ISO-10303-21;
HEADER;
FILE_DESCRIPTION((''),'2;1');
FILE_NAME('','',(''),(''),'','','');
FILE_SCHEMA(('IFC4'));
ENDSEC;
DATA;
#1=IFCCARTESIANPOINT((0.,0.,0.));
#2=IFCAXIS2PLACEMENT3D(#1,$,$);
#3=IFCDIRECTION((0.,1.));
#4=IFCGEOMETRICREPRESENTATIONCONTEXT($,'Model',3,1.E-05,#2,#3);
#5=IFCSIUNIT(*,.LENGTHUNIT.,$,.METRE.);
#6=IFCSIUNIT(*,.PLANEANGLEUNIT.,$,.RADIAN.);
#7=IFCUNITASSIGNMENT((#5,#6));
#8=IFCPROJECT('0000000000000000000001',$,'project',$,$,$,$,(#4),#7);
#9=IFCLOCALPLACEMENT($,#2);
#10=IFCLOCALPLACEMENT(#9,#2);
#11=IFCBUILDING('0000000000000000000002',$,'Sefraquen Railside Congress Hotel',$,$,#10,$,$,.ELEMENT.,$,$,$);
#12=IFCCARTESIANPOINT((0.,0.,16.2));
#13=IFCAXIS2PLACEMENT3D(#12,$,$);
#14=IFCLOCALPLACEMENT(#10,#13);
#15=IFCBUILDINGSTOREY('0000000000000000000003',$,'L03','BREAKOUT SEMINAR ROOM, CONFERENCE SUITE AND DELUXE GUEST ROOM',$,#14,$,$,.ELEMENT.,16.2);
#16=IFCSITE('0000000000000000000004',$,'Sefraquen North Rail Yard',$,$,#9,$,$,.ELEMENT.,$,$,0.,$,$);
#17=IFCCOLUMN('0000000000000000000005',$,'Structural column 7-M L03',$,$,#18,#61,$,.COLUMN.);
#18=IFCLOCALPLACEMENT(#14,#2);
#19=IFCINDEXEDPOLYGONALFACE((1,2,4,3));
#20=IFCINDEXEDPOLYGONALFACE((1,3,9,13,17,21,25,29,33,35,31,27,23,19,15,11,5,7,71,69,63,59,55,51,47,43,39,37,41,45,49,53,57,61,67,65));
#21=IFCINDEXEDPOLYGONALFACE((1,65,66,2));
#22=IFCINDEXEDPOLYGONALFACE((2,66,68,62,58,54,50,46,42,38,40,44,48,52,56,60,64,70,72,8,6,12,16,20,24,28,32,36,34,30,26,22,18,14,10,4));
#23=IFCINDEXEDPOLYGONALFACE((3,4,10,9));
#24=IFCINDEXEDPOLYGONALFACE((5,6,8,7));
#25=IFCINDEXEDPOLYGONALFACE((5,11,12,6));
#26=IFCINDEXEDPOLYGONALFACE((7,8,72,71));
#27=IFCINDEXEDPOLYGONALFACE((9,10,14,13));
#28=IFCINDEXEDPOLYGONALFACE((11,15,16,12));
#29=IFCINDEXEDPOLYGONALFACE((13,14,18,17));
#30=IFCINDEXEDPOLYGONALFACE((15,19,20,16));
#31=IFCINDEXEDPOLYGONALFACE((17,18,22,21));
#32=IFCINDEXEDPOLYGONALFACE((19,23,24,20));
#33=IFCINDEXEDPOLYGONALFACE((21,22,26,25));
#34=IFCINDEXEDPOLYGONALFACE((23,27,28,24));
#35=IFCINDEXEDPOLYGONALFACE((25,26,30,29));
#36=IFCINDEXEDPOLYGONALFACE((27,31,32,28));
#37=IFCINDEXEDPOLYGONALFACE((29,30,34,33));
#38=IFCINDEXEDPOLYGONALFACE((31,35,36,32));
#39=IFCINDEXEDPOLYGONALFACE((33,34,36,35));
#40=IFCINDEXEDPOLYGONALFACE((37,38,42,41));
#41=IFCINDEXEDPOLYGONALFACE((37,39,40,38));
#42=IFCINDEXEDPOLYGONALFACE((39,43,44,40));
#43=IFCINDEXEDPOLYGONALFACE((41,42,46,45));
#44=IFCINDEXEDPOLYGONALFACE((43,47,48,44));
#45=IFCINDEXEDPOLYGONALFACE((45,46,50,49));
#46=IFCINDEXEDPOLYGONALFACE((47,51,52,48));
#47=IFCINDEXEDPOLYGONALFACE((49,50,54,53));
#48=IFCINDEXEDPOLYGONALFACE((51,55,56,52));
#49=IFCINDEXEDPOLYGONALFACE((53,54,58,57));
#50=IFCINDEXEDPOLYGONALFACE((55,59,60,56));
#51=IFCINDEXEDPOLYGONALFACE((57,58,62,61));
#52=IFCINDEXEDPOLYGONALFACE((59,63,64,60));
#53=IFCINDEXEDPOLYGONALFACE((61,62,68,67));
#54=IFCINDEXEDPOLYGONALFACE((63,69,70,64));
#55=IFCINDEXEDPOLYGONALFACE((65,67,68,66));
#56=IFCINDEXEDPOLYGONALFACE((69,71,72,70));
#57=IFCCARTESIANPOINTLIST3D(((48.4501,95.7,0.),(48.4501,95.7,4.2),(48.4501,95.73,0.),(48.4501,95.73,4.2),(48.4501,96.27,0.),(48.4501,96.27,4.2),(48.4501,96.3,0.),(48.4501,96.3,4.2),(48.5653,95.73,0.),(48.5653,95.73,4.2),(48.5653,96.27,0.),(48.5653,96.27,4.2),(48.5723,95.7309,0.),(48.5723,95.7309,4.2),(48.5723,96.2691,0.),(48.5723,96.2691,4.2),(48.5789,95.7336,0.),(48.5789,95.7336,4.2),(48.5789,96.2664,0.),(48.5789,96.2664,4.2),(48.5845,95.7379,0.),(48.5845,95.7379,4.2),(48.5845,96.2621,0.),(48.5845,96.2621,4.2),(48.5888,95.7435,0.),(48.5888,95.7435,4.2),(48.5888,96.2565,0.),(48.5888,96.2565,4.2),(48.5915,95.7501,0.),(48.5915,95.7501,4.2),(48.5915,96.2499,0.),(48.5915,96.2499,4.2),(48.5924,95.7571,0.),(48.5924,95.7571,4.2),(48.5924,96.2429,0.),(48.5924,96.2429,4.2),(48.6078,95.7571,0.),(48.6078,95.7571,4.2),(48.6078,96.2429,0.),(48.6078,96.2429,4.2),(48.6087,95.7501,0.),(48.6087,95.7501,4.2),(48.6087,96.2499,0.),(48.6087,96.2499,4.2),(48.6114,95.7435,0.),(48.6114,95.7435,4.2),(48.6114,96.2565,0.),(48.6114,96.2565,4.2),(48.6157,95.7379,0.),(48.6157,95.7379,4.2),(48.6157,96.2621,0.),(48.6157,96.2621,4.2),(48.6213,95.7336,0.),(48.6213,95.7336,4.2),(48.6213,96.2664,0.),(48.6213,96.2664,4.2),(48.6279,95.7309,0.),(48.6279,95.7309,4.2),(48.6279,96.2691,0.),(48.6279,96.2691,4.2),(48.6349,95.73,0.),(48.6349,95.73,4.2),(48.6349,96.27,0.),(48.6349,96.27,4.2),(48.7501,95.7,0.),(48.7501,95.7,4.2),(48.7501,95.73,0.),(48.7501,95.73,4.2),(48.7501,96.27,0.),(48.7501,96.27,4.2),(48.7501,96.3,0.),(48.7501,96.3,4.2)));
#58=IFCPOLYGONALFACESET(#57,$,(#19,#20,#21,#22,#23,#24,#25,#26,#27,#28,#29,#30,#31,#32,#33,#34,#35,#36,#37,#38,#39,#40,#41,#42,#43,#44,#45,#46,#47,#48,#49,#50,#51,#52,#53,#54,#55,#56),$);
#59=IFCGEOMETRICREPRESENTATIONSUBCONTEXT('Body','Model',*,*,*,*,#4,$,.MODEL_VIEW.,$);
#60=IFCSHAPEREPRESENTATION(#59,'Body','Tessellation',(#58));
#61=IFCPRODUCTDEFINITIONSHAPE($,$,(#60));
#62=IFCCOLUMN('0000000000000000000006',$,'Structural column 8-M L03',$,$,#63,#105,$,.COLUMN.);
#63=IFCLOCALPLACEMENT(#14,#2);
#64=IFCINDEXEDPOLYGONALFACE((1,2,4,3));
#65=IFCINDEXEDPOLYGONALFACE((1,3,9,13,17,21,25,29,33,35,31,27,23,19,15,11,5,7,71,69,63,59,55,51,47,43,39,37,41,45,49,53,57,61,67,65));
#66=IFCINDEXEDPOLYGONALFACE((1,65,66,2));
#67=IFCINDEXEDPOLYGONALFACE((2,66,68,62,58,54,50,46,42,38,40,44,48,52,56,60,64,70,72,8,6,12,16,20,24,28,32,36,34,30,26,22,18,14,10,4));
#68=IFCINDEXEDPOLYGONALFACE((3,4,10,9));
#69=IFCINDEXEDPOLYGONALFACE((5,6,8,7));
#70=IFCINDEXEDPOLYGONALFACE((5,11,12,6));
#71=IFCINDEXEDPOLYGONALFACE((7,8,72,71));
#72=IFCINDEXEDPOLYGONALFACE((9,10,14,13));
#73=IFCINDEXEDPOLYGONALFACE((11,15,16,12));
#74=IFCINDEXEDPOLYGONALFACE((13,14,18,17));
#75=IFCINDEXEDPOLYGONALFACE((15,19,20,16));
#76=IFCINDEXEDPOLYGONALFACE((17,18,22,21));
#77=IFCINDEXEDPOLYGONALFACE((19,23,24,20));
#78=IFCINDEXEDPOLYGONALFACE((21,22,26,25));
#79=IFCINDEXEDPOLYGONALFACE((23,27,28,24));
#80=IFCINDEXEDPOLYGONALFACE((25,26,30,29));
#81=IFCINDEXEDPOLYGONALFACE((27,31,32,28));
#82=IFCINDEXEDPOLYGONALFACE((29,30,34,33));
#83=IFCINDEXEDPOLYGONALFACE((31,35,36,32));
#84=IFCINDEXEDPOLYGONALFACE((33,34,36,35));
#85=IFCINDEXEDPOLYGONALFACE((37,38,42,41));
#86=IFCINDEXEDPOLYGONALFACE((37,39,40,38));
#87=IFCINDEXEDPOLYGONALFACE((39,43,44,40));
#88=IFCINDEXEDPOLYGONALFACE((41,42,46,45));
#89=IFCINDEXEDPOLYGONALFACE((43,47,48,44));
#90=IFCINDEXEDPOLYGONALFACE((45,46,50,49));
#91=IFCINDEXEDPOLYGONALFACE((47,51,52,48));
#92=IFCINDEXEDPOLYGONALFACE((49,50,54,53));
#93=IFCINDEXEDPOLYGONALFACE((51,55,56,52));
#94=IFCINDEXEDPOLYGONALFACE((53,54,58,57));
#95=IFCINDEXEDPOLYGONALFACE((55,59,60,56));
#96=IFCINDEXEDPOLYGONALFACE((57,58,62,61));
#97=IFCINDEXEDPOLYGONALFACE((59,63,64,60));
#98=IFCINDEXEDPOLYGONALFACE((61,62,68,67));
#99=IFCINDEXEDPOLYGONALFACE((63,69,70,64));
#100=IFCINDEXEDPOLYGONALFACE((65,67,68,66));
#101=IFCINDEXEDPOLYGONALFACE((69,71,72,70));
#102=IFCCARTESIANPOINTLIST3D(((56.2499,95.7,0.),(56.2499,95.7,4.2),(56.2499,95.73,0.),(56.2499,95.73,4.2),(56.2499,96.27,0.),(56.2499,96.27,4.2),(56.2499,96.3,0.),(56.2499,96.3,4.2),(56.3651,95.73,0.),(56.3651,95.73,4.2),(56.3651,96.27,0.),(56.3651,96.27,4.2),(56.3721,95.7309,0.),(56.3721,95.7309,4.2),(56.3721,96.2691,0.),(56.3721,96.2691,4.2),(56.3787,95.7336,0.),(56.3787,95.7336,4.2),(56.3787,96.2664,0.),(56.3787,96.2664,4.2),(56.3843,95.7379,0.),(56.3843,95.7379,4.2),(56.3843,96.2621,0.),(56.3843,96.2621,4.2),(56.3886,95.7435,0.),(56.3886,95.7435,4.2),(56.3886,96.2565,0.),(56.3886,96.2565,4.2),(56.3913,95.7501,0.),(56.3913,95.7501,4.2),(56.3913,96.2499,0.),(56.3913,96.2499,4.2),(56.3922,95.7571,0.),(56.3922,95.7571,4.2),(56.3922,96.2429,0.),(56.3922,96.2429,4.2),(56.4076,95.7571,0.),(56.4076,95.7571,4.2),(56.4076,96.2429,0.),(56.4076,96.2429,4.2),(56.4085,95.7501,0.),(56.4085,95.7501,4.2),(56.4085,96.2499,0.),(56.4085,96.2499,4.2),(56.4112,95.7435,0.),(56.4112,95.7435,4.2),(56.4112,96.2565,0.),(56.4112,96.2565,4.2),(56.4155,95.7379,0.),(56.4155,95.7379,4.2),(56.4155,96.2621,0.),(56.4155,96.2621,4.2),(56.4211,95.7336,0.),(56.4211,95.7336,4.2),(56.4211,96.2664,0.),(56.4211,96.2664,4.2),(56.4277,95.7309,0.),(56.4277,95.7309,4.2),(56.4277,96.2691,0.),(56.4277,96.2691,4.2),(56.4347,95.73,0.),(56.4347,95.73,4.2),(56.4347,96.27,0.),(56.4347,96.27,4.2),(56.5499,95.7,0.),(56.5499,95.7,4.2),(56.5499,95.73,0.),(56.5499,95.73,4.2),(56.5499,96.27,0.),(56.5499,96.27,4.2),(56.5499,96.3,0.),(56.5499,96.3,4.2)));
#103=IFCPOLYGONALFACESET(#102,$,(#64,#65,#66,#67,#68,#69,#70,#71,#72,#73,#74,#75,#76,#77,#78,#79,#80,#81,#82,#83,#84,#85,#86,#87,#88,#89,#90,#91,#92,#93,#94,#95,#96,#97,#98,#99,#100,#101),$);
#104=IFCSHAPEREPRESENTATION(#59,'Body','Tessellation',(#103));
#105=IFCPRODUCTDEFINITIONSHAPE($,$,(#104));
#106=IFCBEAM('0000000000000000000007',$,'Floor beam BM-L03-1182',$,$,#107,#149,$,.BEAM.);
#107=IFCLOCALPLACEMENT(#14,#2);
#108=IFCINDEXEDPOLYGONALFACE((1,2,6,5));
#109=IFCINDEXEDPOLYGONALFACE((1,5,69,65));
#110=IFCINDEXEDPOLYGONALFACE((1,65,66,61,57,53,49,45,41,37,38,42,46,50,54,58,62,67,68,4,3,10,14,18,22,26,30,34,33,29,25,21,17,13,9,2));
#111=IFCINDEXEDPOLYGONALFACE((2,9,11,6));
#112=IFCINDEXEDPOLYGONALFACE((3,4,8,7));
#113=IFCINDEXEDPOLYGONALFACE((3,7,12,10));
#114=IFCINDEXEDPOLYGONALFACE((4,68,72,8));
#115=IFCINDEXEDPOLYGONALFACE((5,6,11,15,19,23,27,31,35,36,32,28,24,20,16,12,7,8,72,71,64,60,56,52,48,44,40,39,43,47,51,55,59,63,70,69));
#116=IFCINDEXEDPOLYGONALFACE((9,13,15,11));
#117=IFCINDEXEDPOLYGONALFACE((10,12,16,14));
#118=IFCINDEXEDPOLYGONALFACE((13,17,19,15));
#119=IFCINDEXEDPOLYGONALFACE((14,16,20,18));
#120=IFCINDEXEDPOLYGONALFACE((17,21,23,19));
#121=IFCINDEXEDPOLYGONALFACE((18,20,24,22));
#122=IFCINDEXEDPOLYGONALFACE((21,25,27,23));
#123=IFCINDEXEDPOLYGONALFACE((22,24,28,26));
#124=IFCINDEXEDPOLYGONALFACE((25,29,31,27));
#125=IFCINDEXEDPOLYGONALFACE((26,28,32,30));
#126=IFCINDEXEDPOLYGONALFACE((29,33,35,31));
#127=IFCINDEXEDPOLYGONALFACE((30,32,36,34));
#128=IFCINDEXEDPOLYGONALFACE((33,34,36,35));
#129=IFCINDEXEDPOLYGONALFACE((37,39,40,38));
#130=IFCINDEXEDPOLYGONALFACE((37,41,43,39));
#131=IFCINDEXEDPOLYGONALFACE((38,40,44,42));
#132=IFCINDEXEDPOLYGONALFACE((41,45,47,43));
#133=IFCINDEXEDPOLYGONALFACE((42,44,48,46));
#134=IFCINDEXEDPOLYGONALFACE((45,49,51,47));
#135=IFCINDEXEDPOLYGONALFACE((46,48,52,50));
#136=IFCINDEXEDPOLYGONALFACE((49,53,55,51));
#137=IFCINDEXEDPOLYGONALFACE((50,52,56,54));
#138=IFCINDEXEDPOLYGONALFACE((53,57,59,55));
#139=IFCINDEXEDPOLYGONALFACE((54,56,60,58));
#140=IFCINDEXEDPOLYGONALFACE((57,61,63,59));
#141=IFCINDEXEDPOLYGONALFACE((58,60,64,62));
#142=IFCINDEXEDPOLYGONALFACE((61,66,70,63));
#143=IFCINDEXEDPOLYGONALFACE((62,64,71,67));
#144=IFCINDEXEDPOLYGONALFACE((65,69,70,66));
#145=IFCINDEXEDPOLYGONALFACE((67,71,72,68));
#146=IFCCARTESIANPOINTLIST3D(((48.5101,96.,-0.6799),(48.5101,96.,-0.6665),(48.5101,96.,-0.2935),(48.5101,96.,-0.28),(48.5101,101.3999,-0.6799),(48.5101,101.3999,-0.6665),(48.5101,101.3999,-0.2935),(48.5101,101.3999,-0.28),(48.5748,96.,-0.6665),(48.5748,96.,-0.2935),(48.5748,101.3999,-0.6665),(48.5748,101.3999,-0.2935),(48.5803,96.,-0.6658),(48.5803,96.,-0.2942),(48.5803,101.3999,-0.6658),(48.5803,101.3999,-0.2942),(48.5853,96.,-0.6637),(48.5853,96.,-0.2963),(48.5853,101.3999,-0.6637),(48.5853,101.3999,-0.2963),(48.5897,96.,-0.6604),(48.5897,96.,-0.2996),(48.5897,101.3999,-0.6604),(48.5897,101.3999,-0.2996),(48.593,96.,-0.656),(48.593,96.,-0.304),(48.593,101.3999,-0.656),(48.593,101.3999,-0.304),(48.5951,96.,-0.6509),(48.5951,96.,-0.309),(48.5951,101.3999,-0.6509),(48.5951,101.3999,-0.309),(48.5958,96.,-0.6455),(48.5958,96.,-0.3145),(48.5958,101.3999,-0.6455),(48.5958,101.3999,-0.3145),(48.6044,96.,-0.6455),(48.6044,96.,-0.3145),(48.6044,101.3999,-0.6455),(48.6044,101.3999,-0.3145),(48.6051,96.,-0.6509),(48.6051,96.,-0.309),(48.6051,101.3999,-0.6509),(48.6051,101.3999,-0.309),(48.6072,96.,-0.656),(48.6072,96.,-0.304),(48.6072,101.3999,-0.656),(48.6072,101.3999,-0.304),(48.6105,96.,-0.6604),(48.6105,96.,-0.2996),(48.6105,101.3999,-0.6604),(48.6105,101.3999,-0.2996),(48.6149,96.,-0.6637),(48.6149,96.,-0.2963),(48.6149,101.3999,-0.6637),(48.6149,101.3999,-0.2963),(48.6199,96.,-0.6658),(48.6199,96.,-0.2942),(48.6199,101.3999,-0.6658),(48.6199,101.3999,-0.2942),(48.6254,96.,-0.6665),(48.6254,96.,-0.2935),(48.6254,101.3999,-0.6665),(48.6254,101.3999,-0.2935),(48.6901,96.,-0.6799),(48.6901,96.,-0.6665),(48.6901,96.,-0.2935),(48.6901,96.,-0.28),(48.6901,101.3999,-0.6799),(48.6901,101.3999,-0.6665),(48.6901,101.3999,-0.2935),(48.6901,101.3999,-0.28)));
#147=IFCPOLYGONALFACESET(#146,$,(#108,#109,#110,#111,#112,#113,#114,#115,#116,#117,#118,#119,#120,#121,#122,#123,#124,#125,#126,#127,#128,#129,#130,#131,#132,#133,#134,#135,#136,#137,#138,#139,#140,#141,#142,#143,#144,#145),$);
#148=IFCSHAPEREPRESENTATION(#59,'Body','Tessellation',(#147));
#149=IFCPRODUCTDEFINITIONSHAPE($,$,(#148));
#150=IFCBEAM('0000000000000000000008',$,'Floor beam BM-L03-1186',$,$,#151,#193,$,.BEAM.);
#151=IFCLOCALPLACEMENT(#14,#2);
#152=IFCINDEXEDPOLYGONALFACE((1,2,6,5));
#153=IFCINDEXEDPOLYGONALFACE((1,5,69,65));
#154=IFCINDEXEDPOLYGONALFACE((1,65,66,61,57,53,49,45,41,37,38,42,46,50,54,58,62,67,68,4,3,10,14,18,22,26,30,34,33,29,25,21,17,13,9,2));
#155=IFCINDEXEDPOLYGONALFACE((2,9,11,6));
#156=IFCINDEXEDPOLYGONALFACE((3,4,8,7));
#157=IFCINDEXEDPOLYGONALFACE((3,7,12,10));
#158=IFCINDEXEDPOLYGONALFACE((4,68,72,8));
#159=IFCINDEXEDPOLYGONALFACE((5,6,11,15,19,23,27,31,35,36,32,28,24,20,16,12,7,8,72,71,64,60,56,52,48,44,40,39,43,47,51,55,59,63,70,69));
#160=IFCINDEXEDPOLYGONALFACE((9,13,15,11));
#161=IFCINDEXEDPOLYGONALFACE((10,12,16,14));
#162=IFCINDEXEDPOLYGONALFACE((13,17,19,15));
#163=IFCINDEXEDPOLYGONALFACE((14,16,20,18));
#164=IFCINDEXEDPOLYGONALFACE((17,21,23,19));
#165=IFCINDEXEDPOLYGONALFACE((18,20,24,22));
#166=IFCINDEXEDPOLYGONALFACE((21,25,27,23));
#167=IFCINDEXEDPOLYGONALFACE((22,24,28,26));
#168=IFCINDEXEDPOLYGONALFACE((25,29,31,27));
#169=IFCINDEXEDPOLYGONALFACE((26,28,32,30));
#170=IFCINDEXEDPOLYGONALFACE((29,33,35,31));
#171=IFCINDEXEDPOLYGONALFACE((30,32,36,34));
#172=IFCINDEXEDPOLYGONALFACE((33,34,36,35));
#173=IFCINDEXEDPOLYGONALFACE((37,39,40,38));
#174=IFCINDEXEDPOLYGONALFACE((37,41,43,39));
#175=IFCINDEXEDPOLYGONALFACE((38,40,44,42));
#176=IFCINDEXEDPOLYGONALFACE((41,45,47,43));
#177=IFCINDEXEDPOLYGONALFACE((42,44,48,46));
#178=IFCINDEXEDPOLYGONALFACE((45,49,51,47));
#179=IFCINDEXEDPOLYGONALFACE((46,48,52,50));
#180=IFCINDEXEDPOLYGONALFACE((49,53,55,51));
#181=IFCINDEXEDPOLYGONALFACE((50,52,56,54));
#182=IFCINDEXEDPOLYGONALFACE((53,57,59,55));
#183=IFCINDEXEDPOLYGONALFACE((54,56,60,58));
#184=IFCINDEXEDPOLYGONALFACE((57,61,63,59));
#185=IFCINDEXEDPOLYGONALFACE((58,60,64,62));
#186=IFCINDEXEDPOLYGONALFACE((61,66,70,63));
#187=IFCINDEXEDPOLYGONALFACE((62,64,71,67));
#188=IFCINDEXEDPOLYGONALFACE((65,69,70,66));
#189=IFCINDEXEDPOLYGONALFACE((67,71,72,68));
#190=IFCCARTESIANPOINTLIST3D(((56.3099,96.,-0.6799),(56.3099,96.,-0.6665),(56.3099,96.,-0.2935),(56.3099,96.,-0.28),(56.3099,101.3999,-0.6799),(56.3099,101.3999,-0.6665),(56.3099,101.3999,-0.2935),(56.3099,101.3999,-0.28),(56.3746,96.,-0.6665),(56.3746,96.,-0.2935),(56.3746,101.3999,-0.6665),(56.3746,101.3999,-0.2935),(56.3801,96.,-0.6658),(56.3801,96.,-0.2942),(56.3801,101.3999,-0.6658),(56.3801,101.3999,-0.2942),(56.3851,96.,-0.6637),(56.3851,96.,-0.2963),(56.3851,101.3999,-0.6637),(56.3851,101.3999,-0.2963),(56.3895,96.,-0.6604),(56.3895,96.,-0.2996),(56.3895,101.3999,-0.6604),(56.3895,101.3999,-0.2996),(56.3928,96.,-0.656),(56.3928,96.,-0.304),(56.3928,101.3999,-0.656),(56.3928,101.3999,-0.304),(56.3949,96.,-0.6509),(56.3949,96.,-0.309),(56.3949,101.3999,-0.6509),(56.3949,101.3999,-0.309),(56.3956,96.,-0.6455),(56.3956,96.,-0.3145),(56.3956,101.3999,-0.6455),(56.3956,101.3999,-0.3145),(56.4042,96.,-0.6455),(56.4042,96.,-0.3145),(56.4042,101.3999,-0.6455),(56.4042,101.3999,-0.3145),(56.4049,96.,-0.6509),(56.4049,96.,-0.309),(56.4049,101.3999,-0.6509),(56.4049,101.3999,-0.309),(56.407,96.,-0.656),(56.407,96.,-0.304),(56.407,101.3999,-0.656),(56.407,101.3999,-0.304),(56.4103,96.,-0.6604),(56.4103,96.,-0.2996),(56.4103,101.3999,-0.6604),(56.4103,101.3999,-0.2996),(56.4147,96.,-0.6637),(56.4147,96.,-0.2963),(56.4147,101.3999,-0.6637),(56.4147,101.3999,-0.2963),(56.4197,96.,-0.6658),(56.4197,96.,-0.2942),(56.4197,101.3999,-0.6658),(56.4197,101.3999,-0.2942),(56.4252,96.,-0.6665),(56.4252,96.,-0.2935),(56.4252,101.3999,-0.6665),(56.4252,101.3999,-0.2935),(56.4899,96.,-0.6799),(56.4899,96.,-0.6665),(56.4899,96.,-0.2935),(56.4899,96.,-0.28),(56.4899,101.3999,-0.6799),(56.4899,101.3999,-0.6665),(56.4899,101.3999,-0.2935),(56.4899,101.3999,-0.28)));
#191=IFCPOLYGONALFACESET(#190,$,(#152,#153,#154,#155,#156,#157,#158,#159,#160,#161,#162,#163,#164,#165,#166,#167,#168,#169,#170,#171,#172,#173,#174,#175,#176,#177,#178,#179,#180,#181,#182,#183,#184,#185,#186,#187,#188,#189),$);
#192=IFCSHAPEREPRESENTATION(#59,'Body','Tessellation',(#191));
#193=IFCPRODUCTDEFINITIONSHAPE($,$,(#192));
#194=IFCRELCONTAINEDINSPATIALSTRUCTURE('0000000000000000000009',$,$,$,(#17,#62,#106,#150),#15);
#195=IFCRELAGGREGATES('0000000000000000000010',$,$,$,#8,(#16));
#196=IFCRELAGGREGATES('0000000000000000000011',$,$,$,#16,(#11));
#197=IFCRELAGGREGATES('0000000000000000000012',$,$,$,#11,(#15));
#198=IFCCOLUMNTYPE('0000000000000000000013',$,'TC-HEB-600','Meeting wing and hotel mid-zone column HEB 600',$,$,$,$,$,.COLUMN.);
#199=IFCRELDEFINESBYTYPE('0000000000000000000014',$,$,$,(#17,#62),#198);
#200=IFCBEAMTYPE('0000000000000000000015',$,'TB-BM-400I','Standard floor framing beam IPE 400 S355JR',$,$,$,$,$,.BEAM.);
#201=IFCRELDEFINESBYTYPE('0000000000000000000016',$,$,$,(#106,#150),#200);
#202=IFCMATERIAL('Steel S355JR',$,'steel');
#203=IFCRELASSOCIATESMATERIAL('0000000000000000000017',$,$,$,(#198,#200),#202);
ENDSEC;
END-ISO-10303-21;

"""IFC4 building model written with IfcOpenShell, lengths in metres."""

from ifc_helpers import new_model, si_unit, direction, frame, origin, origin_2d, place, context, subcontext, project, spatial, i_section, extrude, material, material_profile, profile_set, type_object, element, save


model = new_model("IFC4")

# Units and contexts
model_context = context("Model", 3, precision=1e-05, world=origin(), true_north=direction((0.0, 1.0)))
body_context = subcontext(model_context, "Body", "Model", "MODEL_VIEW")
ifc_project = project(units=[si_unit("LENGTHUNIT", "METRE"), si_unit("PLANEANGLEUNIT", "RADIAN")], contexts=[model_context])

# Site, building, storey
site_placement = place(None, origin())
site = spatial("IfcSite", under=ifc_project, at=site_placement, Name="Sefraquen North Rail Yard", CompositionType="ELEMENT", RefElevation=0.0)
building_placement = place(site_placement, origin())
building = spatial("IfcBuilding", under=site, at=building_placement, Name="Sefraquen Railside Congress Hotel", CompositionType="ELEMENT")
storey_placement = place(building_placement, frame((0.0, 0.0, 16.2)))
storey = spatial("IfcBuildingStorey", under=building, at=storey_placement, Name="L03", Description="BREAKOUT SEMINAR ROOM, CONFERENCE SUITE AND DELUXE GUEST ROOM", CompositionType="ELEMENT", Elevation=16.2)

# Columns
ifc_material_1 = material(Name="Steel S355JR", Category="steel")
ifc_material_profile_1 = material_profile(ifc_material_1, i_section(OverallWidth=0.3, OverallDepth=0.6001, WebThickness=0.0154, FlangeThickness=0.03, FilletRadius=0.0271, at=origin_2d()), Name="HEB 600")
ifc_profile_set_1 = profile_set([ifc_material_profile_1], Name="Steel S355JR")
column_type = type_object("IfcColumnType", Name="TC-HEB-600", Description="Meeting wing and hotel mid-zone column HEB 600", PredefinedType="COLUMN", material=ifc_profile_set_1)
for number, where, z_axis, x_axis, name in (
    (1, (48.6001, 96.0, 0.0), (0.0, 0.0, 1.0), (1.0, 0.0, 0.0), "Structural column 7-M L03"),
    (2, (56.3999, 96.0, 0.0), (0.0, 0.0, 1.0), (1.0, 0.0, 0.0), "Structural column 8-M L03"),
):
    element("IfcColumn", number, at=place(storey_placement, frame(where, z_axis=z_axis, x_axis=x_axis)), inside=storey, type_object=column_type, Name=name, PredefinedType="COLUMN", context=body_context, shape_type="SweptSolid", body=[
        extrude(i_section(OverallWidth=0.3, OverallDepth=0.6001, WebThickness=0.0154, FlangeThickness=0.03, FilletRadius=0.0271, at=origin_2d()), origin(), (0.0, 0.0, 1.0), 4.2),
    ])

# Beams
ifc_material_profile_2 = material_profile(ifc_material_1, i_section(OverallWidth=0.1799, OverallDepth=0.3999, WebThickness=0.0085, FlangeThickness=0.0134, FilletRadius=0.021, at=origin_2d()), Name="IPE 400")
ifc_profile_set_2 = profile_set([ifc_material_profile_2], Name="Steel S355JR")
beam_type_1 = type_object("IfcBeamType", Name="TB-BM-400I", Description="Standard floor framing beam IPE 400 S355JR", PredefinedType="BEAM", material=ifc_profile_set_2)
for number, where, z_axis, x_axis, name in (
    (3, (48.6001, 96.0, -0.48), (0.0, 1.0, 0.0), (-1.0, 0.0, 0.0), "Floor beam BM-L03-1182"),
    (4, (56.3999, 96.0, -0.48), (0.0, 1.0, 0.0), (-1.0, 0.0, 0.0), "Floor beam BM-L03-1186"),
):
    element("IfcBeam", number, at=place(storey_placement, frame(where, z_axis=z_axis, x_axis=x_axis)), inside=storey, type_object=beam_type_1, Name=name, PredefinedType="BEAM", context=body_context, shape_type="SweptSolid", body=[
        extrude(i_section(OverallWidth=0.1799, OverallDepth=0.3999, WebThickness=0.0085, FlangeThickness=0.0134, FilletRadius=0.021, at=origin_2d()), origin(), (0.0, 0.0, 1.0), 5.3999),
    ])

save(model, "model.ifc")
